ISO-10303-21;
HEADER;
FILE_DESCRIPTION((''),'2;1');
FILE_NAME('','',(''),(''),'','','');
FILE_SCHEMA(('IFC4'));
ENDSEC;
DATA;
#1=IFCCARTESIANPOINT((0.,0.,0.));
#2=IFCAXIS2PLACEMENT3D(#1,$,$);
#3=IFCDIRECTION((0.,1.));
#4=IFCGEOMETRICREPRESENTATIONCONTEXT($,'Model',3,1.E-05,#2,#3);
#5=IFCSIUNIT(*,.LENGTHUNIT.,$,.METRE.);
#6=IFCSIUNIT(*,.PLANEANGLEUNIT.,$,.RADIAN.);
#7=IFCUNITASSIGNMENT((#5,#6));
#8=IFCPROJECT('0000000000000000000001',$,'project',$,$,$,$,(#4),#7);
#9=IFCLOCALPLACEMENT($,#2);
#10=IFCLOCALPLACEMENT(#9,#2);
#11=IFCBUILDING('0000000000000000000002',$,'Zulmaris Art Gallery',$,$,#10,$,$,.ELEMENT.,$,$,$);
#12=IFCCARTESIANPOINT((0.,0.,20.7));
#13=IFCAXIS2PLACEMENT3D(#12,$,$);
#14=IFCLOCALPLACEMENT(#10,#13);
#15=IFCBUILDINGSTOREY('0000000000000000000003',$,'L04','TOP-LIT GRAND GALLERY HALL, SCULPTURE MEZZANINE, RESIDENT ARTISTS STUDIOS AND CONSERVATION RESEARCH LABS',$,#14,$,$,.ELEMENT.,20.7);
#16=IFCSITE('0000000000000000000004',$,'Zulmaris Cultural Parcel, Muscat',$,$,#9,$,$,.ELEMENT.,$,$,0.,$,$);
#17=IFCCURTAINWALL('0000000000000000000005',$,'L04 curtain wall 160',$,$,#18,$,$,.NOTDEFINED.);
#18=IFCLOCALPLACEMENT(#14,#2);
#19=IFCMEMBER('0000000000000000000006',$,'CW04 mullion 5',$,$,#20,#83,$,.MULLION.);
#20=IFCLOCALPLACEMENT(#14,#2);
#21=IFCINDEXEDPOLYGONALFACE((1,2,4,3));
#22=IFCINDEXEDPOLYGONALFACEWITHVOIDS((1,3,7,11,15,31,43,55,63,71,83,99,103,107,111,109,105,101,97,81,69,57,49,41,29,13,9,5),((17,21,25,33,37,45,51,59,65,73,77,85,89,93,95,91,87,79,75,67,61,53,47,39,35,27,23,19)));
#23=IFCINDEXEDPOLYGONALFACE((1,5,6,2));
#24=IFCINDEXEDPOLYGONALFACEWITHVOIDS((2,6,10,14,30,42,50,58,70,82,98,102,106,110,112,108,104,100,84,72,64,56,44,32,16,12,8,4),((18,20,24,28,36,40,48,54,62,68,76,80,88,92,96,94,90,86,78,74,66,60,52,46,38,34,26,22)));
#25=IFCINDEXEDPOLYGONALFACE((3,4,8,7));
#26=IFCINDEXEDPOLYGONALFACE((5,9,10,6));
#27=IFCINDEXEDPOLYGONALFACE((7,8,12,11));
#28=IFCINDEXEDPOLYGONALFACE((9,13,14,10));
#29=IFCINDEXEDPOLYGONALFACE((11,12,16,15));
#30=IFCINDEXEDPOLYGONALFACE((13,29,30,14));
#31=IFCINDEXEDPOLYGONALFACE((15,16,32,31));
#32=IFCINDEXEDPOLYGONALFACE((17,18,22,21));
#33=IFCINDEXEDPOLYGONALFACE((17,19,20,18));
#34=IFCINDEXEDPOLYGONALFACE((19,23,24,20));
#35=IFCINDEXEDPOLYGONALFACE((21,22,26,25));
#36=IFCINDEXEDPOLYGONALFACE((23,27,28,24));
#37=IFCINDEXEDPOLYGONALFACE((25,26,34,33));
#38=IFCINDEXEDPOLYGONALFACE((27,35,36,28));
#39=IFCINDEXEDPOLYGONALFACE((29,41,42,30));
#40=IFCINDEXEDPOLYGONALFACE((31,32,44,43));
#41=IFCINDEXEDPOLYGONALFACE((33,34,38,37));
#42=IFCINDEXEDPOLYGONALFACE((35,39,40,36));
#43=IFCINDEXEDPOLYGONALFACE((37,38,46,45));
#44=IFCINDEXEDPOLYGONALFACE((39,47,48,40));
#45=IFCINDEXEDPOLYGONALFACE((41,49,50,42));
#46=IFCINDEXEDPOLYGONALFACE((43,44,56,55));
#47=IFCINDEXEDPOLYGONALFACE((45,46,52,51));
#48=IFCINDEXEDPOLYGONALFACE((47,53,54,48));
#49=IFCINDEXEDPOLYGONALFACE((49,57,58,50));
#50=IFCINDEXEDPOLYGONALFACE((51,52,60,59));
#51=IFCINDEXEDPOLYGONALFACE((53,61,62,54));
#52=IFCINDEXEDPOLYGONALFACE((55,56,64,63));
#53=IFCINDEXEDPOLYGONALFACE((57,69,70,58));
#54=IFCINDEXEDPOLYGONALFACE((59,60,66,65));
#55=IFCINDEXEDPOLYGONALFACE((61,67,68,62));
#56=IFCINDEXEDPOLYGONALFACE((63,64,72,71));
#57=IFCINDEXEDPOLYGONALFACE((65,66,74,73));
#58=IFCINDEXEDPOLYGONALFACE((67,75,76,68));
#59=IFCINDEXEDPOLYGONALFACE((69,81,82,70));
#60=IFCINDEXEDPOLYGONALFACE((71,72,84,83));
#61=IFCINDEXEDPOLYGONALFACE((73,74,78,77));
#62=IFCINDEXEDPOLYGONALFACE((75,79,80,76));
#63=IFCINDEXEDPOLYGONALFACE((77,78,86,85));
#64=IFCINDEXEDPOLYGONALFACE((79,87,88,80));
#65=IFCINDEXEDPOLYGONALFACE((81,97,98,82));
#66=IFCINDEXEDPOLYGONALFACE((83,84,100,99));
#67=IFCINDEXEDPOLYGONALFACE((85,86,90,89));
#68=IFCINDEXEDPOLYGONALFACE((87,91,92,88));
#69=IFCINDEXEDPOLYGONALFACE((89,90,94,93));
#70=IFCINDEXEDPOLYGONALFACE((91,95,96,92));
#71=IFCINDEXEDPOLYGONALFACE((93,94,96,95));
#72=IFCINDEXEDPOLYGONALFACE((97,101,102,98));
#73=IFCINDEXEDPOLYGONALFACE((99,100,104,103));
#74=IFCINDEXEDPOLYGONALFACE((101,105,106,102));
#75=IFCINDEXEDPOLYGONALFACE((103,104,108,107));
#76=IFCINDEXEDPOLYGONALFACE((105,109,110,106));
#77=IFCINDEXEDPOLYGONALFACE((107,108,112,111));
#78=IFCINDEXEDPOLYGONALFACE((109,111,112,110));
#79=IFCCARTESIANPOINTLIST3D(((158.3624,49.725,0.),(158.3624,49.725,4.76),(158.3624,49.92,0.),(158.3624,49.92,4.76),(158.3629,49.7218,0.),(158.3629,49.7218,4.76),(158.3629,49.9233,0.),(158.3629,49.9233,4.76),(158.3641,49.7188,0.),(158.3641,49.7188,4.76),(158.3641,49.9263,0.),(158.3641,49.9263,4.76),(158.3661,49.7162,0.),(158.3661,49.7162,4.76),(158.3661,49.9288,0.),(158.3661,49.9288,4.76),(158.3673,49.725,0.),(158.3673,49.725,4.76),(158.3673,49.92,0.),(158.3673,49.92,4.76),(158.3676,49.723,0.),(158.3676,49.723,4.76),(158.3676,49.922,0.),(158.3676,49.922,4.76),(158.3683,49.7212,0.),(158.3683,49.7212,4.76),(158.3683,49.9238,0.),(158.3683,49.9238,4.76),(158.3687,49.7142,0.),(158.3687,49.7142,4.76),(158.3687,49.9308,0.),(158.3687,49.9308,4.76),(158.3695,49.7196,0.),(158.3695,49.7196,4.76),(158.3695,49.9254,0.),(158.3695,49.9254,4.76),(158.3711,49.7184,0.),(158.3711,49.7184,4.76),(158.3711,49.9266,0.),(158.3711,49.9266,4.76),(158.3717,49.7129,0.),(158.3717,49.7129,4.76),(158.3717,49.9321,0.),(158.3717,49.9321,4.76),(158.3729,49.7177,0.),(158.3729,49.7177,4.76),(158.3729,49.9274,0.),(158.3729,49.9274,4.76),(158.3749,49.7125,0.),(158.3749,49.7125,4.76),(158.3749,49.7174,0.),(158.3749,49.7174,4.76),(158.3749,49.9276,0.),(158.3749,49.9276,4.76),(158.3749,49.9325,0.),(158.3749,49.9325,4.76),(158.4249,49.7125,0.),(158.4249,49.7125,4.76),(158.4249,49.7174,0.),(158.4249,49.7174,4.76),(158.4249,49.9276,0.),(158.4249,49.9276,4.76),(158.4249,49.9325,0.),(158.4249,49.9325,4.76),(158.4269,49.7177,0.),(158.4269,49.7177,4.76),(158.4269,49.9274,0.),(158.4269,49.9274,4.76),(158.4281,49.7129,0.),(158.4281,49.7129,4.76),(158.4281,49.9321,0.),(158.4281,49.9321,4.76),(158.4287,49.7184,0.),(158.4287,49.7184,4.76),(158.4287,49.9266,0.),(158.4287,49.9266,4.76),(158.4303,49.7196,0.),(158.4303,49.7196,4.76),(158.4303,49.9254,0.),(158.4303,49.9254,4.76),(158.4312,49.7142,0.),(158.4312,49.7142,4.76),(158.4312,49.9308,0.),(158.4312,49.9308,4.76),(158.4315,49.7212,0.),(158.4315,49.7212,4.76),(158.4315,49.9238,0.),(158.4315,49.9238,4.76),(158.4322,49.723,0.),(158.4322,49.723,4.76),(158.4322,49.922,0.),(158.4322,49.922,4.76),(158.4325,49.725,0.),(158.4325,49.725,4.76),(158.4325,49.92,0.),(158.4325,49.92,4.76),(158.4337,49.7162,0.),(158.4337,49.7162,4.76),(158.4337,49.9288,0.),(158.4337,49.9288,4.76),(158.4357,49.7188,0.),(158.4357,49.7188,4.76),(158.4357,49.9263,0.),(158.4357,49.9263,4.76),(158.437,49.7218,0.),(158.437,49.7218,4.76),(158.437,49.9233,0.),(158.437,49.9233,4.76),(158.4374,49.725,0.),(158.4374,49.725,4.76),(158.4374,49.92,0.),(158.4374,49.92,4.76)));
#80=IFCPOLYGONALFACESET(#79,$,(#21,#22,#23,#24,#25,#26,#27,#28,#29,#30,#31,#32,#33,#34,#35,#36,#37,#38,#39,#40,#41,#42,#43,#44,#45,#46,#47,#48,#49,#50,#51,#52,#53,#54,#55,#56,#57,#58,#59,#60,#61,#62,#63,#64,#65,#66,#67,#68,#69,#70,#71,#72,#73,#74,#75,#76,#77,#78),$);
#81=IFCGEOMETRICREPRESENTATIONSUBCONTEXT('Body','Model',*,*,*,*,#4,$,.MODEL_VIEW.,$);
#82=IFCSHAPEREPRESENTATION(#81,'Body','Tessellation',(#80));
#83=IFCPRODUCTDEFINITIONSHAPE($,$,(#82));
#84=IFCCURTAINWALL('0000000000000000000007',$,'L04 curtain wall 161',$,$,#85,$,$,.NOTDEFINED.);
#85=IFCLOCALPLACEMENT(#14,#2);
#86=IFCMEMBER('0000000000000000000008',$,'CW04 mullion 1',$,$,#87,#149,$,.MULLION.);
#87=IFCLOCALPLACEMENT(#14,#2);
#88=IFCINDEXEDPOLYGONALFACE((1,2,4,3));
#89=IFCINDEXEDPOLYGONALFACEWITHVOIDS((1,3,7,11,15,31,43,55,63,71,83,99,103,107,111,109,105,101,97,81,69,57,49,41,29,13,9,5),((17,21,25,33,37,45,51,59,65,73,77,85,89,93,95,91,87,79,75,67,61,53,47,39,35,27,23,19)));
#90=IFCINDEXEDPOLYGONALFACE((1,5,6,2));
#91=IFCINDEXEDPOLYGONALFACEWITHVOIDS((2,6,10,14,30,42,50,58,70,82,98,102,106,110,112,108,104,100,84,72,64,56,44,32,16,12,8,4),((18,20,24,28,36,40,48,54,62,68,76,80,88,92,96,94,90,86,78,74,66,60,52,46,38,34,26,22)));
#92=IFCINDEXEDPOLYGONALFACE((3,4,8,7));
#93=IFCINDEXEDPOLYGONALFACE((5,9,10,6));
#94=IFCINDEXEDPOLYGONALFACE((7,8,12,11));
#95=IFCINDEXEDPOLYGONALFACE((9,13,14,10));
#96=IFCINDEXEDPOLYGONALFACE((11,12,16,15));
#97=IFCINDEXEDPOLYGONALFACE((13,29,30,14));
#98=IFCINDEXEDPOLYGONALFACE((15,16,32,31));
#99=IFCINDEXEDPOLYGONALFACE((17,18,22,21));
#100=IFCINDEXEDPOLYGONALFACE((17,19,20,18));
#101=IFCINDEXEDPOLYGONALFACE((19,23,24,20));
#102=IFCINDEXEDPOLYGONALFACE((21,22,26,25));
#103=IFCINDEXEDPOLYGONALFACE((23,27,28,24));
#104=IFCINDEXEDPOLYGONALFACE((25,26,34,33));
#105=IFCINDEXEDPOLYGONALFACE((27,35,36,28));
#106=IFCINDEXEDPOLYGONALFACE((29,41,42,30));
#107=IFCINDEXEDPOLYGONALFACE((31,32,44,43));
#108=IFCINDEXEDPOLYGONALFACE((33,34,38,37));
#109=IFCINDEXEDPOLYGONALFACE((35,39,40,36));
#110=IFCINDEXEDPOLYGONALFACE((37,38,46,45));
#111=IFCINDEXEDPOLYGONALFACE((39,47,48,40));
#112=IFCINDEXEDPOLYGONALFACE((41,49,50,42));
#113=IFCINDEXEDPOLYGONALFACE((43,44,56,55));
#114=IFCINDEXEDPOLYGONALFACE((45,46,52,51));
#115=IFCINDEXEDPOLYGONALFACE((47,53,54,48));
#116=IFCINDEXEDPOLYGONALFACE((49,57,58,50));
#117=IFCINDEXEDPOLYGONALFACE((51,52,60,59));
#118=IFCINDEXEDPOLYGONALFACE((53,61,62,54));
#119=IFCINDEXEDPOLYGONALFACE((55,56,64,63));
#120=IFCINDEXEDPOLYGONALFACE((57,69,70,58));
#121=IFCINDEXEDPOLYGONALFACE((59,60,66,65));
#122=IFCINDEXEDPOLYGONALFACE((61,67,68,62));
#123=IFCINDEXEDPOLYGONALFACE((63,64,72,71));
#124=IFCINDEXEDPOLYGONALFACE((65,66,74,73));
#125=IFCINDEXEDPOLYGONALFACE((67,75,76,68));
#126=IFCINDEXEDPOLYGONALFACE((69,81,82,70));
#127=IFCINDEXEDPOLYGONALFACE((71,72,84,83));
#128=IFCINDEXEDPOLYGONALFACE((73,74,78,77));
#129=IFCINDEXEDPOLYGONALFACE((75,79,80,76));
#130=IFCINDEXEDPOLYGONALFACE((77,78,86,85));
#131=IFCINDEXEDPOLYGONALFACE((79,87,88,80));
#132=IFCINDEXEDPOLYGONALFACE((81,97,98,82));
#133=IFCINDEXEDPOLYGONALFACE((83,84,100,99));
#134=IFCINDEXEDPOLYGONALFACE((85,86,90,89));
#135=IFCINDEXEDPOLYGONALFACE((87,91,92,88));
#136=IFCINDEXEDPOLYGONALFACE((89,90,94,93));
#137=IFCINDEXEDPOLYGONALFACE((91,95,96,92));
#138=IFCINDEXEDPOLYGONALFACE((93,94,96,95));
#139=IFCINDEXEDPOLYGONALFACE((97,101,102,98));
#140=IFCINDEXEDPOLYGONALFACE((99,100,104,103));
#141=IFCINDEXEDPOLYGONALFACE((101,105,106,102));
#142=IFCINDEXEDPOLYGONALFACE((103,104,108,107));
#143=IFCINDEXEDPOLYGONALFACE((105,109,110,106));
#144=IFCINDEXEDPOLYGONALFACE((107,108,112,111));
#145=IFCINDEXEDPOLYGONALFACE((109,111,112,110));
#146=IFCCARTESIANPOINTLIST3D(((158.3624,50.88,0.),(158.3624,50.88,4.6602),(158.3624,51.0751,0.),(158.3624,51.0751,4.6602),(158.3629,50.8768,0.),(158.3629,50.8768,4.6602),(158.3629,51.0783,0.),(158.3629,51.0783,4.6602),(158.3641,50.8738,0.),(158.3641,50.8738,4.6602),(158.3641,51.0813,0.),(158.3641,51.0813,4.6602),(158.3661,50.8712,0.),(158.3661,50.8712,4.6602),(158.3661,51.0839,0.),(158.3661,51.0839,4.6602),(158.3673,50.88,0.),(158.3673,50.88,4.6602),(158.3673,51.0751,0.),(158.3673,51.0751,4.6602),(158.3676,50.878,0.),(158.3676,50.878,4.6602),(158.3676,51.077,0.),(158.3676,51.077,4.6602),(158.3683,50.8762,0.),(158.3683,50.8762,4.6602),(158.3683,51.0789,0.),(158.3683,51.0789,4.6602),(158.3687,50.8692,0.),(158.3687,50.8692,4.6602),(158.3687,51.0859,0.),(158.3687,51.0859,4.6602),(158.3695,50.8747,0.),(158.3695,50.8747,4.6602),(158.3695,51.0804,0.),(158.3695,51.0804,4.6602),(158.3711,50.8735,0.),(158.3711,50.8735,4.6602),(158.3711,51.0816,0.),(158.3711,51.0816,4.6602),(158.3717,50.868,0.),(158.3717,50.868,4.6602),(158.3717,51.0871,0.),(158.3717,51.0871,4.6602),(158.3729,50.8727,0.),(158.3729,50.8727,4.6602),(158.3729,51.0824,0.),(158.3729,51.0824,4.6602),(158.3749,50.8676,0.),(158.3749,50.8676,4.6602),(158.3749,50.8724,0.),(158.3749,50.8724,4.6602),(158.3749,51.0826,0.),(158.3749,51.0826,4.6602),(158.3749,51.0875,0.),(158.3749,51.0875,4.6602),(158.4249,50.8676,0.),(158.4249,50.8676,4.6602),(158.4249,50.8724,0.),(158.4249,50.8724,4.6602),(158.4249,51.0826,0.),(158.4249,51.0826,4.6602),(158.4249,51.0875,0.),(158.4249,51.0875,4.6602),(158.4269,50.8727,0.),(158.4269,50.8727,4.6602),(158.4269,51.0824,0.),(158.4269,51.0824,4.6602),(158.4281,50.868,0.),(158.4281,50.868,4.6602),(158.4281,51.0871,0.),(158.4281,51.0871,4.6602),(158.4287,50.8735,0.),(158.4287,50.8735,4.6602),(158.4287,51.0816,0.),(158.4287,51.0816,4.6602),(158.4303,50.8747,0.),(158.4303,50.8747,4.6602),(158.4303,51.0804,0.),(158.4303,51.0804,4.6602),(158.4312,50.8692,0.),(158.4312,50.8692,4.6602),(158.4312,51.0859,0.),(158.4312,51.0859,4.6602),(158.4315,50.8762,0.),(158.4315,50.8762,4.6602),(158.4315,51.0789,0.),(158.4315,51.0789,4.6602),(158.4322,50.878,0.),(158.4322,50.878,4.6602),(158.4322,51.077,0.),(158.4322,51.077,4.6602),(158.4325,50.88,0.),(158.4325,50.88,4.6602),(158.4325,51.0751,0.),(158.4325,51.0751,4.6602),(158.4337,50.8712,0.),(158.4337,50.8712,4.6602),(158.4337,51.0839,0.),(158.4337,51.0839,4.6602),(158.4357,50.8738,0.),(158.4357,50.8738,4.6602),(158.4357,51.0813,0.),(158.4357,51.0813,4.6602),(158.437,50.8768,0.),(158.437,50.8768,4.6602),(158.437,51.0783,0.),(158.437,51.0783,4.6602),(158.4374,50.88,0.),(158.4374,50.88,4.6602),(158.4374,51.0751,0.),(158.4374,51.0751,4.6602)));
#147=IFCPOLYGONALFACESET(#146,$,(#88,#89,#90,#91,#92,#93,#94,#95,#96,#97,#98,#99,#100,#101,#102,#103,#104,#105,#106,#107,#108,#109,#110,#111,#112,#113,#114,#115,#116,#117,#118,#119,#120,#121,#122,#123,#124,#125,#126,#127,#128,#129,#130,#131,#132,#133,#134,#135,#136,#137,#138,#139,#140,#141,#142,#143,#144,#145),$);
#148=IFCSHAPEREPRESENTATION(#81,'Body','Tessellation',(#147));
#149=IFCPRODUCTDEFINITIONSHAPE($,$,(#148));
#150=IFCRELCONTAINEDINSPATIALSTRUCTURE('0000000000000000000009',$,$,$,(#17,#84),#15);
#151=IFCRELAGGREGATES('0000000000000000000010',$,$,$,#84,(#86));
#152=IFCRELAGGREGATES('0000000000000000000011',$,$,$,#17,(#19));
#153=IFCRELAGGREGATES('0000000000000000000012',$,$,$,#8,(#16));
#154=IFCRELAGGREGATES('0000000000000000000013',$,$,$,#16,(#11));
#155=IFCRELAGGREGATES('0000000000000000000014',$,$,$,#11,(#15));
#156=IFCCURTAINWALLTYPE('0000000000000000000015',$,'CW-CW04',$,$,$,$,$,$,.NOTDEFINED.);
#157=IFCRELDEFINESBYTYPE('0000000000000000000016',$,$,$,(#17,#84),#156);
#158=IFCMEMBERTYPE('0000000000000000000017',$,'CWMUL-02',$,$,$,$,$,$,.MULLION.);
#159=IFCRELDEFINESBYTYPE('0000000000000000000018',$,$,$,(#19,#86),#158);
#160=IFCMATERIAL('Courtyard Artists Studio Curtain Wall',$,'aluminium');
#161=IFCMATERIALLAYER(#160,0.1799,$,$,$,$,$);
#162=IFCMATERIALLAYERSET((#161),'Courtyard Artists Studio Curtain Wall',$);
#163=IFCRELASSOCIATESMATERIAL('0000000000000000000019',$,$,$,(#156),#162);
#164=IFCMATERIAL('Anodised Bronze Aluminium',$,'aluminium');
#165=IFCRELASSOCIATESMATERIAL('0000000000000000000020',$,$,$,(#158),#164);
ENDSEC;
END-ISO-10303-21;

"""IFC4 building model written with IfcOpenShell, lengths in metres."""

from ifc_helpers import new_model, si_unit, direction, frame, origin, origin_2d, place, context, subcontext, project, spatial, hollow_rectangle, extrude, material, layer, layer_set, material_profile, profile_set, type_object, element, aggregate, save


model = new_model("IFC4")

# Units and contexts
model_context = context("Model", 3, precision=1e-05, world=origin(), true_north=direction((0.0, 1.0)))
body_context = subcontext(model_context, "Body", "Model", "MODEL_VIEW")
ifc_project = project(units=[si_unit("LENGTHUNIT", "METRE"), si_unit("PLANEANGLEUNIT", "RADIAN")], contexts=[model_context])

# Site, building, storey
site_placement = place(None, origin())
site = spatial("IfcSite", under=ifc_project, at=site_placement, Name="Zulmaris Cultural Parcel, Muscat", CompositionType="ELEMENT", RefElevation=0.0)
building_placement = place(site_placement, origin())
building = spatial("IfcBuilding", under=site, at=building_placement, Name="Zulmaris Art Gallery", CompositionType="ELEMENT")
storey_placement = place(building_placement, frame((0.0, 0.0, 20.7)))
storey = spatial("IfcBuildingStorey", under=building, at=storey_placement, Name="L04", Description="TOP-LIT GRAND GALLERY HALL, SCULPTURE MEZZANINE, RESIDENT ARTISTS STUDIOS AND CONSERVATION RESEARCH LABS", CompositionType="ELEMENT", Elevation=20.7)

# Curtain walls, members
ifc_material_1 = material(Name="Courtyard Artists Studio Curtain Wall", Category="aluminium")
ifc_layer_1 = layer(ifc_material_1, 0.1799)
ifc_layer_set_1 = layer_set([ifc_layer_1], Name="Courtyard Artists Studio Curtain Wall")
curtain_wall_type = type_object("IfcCurtainWallType", Name="CW-CW04", PredefinedType="NOTDEFINED", material=ifc_layer_set_1)
curtain_wall_1_placement = place(storey_placement, origin())
curtain_wall_1 = element("IfcCurtainWall", 1, at=curtain_wall_1_placement, inside=storey, type_object=curtain_wall_type, Name="L04 curtain wall 160", PredefinedType="NOTDEFINED")
ifc_material_2 = material(Name="Anodised Bronze Aluminium", Category="aluminium")
ifc_material_profile_1 = material_profile(ifc_material_2, hollow_rectangle(XDim=0.075, YDim=0.22, WallThickness=0.0049, InnerFilletRadius=0.0076, OuterFilletRadius=0.0125, at=origin_2d()), Name="ALU 75x220x5")
ifc_profile_set_1 = profile_set([ifc_material_profile_1], Name="Anodised Bronze Aluminium")
member_type_1 = type_object("IfcMemberType", Name="CWMUL-02", PredefinedType="MULLION", material=ifc_profile_set_1)
member_1_placement = place(storey_placement, frame((158.3999, 49.8225, 0.0), z_axis=(0.0, 0.0, 1.0), x_axis=(-1.0, 0.0, 0.0)))
member_1 = element("IfcMember", 2, at=member_1_placement, type_object=member_type_1, Name="CW04 mullion 5", PredefinedType="MULLION", context=body_context, shape_type="SweptSolid", body=[
    extrude(hollow_rectangle(XDim=0.075, YDim=0.22, WallThickness=0.0049, InnerFilletRadius=0.0076, OuterFilletRadius=0.0125, at=origin_2d()), origin(), (0.0, 0.0, 1.0), 4.76),
])
curtain_wall_2_placement = place(storey_placement, origin())
curtain_wall_2 = element("IfcCurtainWall", 3, at=curtain_wall_2_placement, inside=storey, type_object=curtain_wall_type, Name="L04 curtain wall 161", PredefinedType="NOTDEFINED")
member_2_placement = place(storey_placement, frame((158.3999, 50.9775, 0.0), z_axis=(0.0, 0.0, 1.0), x_axis=(-1.0, 0.0, 0.0)))
member_2 = element("IfcMember", 4, at=member_2_placement, type_object=member_type_1, Name="CW04 mullion 1", PredefinedType="MULLION", context=body_context, shape_type="SweptSolid", body=[
    extrude(hollow_rectangle(XDim=0.075, YDim=0.22, WallThickness=0.0049, InnerFilletRadius=0.0076, OuterFilletRadius=0.0125, at=origin_2d()), origin(), (0.0, 0.0, 1.0), 4.6602),
])
aggregate(curtain_wall_2, [member_2])

aggregate(curtain_wall_1, [member_1])

save(model, "model.ifc")
